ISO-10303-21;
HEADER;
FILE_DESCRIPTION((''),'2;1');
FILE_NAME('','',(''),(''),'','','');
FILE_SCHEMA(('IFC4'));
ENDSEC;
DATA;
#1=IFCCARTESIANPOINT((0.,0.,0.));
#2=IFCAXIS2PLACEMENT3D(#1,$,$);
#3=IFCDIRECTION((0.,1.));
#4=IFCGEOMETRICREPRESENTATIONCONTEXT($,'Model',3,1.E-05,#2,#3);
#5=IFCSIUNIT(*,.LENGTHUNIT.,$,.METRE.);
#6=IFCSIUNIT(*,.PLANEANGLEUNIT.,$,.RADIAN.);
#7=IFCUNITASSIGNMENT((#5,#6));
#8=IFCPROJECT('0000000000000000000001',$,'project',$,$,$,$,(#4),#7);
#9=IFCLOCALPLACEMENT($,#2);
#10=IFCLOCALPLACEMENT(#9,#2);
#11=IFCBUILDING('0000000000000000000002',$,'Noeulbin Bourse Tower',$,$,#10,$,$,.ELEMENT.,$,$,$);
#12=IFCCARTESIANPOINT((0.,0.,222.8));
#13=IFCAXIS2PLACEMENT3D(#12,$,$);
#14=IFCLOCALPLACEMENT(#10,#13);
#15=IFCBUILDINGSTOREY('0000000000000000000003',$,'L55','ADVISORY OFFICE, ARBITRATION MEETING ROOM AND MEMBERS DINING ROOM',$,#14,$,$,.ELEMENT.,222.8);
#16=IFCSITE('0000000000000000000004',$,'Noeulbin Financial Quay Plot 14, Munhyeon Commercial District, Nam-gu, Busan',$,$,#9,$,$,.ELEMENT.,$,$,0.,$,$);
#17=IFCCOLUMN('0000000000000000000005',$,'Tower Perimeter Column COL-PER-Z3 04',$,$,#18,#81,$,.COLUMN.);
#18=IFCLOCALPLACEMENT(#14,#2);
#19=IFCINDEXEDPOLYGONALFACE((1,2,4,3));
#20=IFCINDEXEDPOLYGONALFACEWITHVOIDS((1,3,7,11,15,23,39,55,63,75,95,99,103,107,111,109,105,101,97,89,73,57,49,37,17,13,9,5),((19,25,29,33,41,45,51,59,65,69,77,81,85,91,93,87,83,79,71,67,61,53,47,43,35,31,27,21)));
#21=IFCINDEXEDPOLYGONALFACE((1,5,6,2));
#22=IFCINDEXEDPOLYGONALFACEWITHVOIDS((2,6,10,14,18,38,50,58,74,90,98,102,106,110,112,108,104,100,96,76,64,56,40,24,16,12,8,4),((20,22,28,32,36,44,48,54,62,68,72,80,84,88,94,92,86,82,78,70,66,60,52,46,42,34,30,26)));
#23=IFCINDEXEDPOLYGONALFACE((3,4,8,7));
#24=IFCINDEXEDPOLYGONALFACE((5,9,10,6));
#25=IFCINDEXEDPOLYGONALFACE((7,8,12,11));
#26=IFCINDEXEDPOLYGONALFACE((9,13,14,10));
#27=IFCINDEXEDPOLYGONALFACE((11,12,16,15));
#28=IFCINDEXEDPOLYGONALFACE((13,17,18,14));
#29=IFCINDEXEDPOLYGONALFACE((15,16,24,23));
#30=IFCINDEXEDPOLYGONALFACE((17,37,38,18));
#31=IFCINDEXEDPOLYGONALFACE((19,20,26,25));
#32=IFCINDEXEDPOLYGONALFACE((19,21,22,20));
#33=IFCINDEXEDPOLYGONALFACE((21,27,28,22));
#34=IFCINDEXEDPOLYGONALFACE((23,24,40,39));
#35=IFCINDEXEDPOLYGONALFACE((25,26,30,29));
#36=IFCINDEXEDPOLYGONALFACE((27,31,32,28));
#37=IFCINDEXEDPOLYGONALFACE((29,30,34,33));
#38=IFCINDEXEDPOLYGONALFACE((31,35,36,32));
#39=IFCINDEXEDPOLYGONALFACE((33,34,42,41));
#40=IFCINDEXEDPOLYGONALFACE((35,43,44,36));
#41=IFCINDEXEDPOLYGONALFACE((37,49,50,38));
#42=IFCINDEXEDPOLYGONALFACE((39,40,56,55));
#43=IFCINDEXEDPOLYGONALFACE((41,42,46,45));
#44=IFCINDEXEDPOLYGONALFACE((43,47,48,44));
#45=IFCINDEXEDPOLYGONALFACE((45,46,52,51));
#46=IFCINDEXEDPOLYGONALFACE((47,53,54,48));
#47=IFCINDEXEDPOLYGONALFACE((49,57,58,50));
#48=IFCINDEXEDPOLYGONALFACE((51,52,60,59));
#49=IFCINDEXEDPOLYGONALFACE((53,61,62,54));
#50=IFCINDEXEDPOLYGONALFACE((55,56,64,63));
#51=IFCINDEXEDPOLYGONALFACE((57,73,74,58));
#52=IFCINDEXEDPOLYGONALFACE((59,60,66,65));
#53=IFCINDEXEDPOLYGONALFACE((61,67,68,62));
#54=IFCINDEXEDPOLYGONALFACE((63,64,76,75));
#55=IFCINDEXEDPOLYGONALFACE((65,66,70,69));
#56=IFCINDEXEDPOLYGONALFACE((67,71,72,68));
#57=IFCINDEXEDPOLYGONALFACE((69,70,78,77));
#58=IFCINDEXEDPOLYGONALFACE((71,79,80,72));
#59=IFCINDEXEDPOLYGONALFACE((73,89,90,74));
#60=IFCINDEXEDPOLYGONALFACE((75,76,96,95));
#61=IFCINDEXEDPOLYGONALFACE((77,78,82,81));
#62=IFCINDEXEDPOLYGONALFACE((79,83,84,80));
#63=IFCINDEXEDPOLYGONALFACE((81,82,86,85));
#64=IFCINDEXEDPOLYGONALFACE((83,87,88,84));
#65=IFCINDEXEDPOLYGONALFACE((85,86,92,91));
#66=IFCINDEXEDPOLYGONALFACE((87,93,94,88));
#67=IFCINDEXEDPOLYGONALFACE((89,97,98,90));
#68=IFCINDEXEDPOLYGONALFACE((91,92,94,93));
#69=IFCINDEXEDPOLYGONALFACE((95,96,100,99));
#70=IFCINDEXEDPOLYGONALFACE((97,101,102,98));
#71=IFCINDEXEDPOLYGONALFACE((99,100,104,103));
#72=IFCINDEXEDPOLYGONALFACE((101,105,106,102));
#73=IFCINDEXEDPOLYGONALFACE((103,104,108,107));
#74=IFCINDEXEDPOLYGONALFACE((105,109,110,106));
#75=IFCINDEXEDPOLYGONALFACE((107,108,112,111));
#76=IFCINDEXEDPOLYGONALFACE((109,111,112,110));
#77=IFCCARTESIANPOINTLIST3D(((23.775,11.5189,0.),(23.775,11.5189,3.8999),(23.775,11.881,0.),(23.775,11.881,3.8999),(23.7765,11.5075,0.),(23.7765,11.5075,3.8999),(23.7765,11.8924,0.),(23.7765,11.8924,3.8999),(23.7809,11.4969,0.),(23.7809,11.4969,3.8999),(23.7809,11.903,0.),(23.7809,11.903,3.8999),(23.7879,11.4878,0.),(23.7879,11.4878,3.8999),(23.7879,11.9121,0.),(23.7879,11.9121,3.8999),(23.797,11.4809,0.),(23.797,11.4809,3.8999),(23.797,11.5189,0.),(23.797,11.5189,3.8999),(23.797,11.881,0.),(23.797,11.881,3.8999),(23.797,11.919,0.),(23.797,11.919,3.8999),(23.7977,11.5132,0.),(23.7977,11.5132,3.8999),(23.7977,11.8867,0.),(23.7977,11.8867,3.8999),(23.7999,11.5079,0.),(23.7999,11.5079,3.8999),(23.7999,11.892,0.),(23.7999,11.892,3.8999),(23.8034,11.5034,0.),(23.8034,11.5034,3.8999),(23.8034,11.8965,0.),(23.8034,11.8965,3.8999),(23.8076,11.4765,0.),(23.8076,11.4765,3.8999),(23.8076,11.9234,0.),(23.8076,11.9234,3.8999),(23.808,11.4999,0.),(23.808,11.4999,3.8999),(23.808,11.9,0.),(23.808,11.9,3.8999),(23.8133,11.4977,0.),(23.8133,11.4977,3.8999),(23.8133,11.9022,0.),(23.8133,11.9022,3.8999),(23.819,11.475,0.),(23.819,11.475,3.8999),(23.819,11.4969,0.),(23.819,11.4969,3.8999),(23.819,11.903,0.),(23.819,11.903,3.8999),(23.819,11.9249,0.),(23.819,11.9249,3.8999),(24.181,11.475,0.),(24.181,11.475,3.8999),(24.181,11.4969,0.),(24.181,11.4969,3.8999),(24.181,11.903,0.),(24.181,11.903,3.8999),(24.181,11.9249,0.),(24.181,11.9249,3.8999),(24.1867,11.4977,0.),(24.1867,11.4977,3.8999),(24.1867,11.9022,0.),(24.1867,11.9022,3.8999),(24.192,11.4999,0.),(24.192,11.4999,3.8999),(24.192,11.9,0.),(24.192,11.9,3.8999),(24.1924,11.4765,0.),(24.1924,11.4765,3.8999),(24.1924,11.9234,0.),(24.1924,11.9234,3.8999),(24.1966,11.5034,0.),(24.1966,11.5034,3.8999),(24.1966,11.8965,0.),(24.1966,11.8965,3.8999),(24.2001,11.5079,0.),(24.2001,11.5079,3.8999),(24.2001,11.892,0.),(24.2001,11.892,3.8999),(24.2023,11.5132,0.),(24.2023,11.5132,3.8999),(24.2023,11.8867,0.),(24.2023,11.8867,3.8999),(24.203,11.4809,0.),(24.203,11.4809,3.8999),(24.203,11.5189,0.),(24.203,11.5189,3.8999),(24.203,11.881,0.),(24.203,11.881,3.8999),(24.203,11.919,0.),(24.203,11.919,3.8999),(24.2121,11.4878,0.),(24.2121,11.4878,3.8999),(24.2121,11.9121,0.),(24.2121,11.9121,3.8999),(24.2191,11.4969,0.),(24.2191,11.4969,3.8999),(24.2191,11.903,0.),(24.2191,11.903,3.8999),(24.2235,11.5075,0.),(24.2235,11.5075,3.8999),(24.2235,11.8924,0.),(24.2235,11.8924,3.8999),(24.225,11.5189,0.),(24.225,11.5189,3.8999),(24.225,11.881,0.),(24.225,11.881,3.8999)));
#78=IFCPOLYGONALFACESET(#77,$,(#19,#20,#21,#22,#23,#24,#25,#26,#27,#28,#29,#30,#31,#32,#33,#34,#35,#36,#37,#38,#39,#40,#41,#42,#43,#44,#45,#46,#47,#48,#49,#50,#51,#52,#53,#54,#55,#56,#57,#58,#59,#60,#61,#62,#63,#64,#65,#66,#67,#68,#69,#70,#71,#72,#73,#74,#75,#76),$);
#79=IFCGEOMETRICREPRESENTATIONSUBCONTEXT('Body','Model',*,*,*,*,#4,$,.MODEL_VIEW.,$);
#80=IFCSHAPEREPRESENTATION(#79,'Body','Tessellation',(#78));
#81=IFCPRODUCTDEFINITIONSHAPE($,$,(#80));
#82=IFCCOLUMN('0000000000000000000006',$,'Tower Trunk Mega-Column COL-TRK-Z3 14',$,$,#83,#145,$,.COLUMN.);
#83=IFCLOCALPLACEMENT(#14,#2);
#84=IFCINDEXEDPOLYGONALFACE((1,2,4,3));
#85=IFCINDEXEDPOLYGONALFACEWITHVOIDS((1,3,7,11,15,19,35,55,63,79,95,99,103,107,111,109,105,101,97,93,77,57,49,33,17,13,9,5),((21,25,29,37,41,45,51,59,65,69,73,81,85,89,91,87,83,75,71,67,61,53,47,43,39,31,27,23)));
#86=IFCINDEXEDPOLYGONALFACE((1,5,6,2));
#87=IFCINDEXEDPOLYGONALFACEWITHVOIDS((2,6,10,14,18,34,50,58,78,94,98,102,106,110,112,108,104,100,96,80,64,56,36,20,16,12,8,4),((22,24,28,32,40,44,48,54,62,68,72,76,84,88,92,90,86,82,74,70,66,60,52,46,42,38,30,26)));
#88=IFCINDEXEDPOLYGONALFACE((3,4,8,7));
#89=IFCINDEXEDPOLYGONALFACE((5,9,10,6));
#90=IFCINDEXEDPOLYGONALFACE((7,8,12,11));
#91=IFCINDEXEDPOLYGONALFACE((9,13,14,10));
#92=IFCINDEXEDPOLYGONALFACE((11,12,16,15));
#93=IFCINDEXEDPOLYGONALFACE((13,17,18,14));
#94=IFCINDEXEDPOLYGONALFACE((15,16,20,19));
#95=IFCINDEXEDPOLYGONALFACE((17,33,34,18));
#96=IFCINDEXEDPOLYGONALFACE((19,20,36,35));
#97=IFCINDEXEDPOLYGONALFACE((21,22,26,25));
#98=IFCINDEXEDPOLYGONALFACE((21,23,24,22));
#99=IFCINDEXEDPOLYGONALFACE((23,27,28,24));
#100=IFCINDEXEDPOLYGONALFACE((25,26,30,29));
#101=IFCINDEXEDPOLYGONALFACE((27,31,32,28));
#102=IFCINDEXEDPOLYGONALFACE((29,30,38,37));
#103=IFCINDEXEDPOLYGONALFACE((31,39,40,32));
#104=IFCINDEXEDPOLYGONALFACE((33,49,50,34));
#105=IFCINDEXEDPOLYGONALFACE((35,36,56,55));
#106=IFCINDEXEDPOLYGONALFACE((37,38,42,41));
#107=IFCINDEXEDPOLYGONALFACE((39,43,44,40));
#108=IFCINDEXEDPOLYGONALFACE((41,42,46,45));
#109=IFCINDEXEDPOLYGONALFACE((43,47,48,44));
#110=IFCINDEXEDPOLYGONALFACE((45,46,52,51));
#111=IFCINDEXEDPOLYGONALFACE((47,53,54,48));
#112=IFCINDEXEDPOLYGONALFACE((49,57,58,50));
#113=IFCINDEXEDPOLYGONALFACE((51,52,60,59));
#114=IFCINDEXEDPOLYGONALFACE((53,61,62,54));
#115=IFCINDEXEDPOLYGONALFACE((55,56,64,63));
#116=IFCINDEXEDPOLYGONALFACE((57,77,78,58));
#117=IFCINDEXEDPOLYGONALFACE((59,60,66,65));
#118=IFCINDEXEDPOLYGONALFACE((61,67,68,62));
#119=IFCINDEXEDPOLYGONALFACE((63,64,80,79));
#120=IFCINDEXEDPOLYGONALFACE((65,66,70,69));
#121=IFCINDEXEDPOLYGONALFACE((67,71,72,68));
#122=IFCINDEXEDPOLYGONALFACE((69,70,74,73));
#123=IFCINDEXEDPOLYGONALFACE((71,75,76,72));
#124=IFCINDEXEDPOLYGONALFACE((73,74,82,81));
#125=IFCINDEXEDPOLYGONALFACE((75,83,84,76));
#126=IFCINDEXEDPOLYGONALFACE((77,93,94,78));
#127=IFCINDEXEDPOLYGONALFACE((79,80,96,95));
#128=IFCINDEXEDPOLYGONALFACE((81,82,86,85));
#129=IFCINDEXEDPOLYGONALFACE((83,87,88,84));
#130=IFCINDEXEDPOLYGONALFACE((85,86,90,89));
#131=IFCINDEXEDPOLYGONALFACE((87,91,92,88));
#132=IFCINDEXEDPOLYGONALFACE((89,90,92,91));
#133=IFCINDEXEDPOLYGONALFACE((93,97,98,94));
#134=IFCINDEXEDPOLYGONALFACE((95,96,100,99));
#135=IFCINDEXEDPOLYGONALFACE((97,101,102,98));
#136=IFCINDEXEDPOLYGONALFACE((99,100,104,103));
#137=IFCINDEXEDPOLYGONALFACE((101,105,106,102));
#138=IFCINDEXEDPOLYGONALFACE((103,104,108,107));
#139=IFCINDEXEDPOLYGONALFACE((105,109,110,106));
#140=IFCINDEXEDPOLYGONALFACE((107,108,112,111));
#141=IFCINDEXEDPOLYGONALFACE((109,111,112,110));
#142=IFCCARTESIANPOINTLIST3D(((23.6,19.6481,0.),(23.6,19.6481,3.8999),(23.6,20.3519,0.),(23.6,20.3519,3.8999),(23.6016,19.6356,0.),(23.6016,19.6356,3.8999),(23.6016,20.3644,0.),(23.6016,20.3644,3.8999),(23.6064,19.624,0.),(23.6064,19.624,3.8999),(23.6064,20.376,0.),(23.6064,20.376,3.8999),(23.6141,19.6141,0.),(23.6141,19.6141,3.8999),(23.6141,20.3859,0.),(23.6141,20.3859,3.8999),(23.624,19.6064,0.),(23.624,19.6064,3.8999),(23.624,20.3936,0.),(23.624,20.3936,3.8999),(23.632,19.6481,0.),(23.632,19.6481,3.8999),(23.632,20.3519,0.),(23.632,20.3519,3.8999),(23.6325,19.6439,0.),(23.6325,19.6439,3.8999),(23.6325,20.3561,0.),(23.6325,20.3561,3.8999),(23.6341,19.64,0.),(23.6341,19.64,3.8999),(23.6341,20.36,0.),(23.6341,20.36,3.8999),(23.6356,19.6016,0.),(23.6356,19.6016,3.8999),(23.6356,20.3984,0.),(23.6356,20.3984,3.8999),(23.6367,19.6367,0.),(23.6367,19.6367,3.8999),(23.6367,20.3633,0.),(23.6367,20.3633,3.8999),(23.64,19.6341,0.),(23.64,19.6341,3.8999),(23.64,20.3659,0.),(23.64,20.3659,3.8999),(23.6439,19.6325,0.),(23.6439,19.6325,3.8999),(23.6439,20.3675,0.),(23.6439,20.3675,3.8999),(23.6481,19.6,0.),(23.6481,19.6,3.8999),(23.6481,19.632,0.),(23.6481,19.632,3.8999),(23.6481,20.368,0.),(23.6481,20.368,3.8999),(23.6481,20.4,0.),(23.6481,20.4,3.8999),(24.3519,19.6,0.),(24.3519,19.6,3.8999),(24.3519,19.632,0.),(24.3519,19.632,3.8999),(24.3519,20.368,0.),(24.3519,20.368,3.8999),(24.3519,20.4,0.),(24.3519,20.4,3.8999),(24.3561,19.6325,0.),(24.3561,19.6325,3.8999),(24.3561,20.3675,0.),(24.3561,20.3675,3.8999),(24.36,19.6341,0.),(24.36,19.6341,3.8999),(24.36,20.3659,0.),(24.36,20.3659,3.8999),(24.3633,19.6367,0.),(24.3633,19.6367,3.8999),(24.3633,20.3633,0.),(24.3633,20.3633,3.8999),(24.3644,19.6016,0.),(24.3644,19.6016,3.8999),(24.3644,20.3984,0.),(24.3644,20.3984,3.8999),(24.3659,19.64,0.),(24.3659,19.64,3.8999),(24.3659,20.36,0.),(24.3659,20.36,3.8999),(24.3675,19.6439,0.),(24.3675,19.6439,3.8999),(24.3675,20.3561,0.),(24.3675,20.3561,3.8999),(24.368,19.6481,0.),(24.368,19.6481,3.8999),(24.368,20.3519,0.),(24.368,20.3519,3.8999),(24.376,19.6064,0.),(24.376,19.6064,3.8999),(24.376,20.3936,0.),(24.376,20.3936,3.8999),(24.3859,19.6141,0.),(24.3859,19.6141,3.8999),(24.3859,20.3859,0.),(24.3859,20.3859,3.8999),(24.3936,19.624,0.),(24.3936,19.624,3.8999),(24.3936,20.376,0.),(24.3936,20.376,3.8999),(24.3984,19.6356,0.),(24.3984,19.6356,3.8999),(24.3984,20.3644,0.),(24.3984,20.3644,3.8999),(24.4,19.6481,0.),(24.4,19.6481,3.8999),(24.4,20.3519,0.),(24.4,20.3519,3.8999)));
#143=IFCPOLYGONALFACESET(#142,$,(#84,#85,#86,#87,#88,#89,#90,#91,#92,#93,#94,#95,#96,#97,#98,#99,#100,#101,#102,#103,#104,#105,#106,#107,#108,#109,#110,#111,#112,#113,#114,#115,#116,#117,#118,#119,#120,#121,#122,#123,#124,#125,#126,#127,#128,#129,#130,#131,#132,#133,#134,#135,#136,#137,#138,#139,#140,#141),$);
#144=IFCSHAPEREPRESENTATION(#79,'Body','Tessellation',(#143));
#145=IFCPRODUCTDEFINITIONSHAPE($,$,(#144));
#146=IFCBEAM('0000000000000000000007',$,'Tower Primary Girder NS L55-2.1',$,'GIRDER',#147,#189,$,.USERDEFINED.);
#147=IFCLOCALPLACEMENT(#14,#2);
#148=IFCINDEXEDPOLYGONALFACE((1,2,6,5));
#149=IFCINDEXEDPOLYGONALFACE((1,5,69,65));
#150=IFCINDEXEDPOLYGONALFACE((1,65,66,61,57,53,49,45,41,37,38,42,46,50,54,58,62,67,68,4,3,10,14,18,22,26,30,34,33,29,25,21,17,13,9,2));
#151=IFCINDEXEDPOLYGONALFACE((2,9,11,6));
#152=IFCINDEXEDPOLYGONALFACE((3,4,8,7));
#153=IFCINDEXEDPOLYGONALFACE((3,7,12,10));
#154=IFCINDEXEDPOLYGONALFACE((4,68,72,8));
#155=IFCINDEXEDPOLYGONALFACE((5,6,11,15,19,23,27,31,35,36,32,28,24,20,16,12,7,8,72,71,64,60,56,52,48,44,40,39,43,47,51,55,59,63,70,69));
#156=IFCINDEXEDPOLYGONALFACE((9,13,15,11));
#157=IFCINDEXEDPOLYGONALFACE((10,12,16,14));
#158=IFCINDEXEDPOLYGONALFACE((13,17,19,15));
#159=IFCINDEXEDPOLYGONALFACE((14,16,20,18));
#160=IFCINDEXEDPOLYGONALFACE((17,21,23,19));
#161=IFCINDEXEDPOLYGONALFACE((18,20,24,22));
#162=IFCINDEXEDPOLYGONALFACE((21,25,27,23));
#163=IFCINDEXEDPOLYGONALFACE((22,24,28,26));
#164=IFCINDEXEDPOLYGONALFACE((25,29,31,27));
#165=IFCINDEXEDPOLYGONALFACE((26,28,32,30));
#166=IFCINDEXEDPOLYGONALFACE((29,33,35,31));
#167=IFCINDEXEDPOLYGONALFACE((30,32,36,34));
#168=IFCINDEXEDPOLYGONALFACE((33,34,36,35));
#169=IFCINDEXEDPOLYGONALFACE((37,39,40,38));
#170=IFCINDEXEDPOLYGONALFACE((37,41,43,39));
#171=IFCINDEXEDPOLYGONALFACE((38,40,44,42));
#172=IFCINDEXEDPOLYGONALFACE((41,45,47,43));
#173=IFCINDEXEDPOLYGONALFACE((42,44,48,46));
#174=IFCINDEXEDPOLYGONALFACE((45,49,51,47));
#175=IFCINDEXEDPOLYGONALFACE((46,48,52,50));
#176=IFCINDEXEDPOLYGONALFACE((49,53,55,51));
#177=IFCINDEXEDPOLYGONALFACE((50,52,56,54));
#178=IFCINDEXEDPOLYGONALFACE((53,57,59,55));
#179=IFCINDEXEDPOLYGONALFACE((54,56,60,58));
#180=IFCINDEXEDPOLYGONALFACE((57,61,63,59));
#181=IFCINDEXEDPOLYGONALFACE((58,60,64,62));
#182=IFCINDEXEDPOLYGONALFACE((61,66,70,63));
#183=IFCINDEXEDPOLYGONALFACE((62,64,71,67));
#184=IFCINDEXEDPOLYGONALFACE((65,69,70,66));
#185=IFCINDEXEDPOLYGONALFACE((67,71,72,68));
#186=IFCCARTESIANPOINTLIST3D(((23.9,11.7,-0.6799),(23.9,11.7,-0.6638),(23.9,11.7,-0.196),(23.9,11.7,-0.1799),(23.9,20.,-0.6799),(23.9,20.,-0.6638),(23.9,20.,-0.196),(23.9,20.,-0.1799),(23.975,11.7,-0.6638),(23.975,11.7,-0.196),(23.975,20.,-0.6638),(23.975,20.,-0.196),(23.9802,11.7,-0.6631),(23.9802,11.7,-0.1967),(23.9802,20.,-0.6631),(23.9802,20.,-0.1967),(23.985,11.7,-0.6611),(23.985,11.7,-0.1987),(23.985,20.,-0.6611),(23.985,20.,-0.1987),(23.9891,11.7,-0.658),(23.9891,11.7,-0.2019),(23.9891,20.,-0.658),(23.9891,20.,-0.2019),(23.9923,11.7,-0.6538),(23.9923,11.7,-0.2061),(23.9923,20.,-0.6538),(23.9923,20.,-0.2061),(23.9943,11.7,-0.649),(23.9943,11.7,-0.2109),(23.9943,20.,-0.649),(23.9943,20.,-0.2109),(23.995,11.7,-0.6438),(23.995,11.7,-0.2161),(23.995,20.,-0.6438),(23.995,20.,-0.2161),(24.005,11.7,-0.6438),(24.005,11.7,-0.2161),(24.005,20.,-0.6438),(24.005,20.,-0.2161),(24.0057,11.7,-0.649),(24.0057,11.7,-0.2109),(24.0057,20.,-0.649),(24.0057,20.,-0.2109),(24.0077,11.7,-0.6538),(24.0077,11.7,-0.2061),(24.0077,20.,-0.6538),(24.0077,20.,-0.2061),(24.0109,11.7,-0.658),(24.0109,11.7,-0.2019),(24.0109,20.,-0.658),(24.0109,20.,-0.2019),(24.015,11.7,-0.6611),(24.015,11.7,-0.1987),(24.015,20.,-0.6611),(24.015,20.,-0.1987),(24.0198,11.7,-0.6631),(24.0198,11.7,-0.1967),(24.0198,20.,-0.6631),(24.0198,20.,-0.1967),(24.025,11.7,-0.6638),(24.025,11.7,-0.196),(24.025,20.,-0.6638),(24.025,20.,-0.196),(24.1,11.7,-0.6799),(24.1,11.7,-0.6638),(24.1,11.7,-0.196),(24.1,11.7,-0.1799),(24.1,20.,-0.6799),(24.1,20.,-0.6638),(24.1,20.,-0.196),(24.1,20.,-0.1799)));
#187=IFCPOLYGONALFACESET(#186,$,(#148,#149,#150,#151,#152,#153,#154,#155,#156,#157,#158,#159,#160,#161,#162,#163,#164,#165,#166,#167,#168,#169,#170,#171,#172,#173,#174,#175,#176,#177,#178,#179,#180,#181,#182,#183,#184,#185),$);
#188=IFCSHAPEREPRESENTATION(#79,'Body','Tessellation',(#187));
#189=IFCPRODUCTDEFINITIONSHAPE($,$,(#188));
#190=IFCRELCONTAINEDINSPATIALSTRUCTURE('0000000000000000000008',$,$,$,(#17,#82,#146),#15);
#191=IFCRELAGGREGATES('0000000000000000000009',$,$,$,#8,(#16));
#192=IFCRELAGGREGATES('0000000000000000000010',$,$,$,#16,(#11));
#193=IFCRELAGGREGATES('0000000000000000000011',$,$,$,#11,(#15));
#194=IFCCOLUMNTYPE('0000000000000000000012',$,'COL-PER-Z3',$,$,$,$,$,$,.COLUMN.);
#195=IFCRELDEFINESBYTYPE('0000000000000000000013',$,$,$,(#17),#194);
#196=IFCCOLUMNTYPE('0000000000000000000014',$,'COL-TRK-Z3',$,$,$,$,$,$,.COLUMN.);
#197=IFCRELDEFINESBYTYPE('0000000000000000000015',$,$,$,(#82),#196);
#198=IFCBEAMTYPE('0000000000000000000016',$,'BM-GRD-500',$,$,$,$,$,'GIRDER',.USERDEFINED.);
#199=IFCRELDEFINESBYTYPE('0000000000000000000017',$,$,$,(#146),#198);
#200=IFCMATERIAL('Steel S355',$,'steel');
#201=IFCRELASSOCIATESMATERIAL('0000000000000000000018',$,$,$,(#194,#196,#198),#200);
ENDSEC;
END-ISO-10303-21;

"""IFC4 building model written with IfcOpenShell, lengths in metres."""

from ifc_helpers import new_model, si_unit, direction, frame, origin, origin_2d, place, context, subcontext, project, spatial, hollow_rectangle, i_section, extrude, material, material_profile, profile_set, type_object, element, save


model = new_model("IFC4")

# Units and contexts
model_context = context("Model", 3, precision=1e-05, world=origin(), true_north=direction((0.0, 1.0)))
body_context = subcontext(model_context, "Body", "Model", "MODEL_VIEW")
ifc_project = project(units=[si_unit("LENGTHUNIT", "METRE"), si_unit("PLANEANGLEUNIT", "RADIAN")], contexts=[model_context])

# Site, building, storey
site_placement = place(None, origin())
site = spatial("IfcSite", under=ifc_project, at=site_placement, Name="Noeulbin Financial Quay Plot 14, Munhyeon Commercial District, Nam-gu, Busan", CompositionType="ELEMENT", RefElevation=0.0)
building_placement = place(site_placement, origin())
building = spatial("IfcBuilding", under=site, at=building_placement, Name="Noeulbin Bourse Tower", CompositionType="ELEMENT")
storey_placement = place(building_placement, frame((0.0, 0.0, 222.8)))
storey = spatial("IfcBuildingStorey", under=building, at=storey_placement, Name="L55", Description="ADVISORY OFFICE, ARBITRATION MEETING ROOM AND MEMBERS DINING ROOM", CompositionType="ELEMENT", Elevation=222.8)

# Columns
ifc_material_1 = material(Name="Steel S355", Category="steel")
ifc_material_profile_1 = material_profile(ifc_material_1, hollow_rectangle(XDim=0.45, YDim=0.45, WallThickness=0.022, InnerFilletRadius=0.022, OuterFilletRadius=0.0439, at=origin_2d()), Name="SHS-450x450x22", Category="LoadBearing")
ifc_profile_set_1 = profile_set([ifc_material_profile_1], Name="Steel S355")
column_type_1 = type_object("IfcColumnType", Name="COL-PER-Z3", PredefinedType="COLUMN", material=ifc_profile_set_1)
column_1_placement = place(storey_placement, frame((24.0, 11.7, 0.0), z_axis=(0.0, 0.0, 1.0), x_axis=(1.0, 0.0, 0.0)))
element("IfcColumn", 1, at=column_1_placement, inside=storey, type_object=column_type_1, Name="Tower Perimeter Column COL-PER-Z3 04", PredefinedType="COLUMN", context=body_context, shape_type="SweptSolid", body=[
    extrude(hollow_rectangle(XDim=0.45, YDim=0.45, WallThickness=0.022, InnerFilletRadius=0.022, OuterFilletRadius=0.0439, at=origin_2d()), origin(), (0.0, 0.0, 1.0), 3.8999),
])
ifc_material_profile_2 = material_profile(ifc_material_1, hollow_rectangle(XDim=0.8, YDim=0.8, WallThickness=0.032, InnerFilletRadius=0.0161, OuterFilletRadius=0.0481, at=origin_2d()), Name="BOX-800x800x32", Category="LoadBearing")
ifc_profile_set_2 = profile_set([ifc_material_profile_2], Name="Steel S355")
column_type_2 = type_object("IfcColumnType", Name="COL-TRK-Z3", PredefinedType="COLUMN", material=ifc_profile_set_2)
column_2_placement = place(storey_placement, frame((24.0, 20.0, 0.0), z_axis=(0.0, 0.0, 1.0), x_axis=(1.0, 0.0, 0.0)))
element("IfcColumn", 2, at=column_2_placement, inside=storey, type_object=column_type_2, Name="Tower Trunk Mega-Column COL-TRK-Z3 14", PredefinedType="COLUMN", context=body_context, shape_type="SweptSolid", body=[
    extrude(hollow_rectangle(XDim=0.8, YDim=0.8, WallThickness=0.032, InnerFilletRadius=0.0161, OuterFilletRadius=0.0481, at=origin_2d()), origin(), (0.0, 0.0, 1.0), 3.8999),
])

# Beam
ifc_material_profile_3 = material_profile(ifc_material_1, i_section(OverallWidth=0.2, OverallDepth=0.5, WebThickness=0.01, FlangeThickness=0.0161, FilletRadius=0.02, at=origin_2d()), Name="H-500x200x10x16", Category="LoadBearing")
ifc_profile_set_3 = profile_set([ifc_material_profile_3], Name="Steel S355")
beam_type_1 = type_object("IfcBeamType", Name="BM-GRD-500", ElementType="GIRDER", PredefinedType="USERDEFINED", material=ifc_profile_set_3)
beam_1_placement = place(storey_placement, frame((24.0, 11.7, -0.4299), z_axis=(0.0, 1.0, 0.0), x_axis=(-1.0, 0.0, 0.0)))
element("IfcBeam", 3, at=beam_1_placement, inside=storey, type_object=beam_type_1, Name="Tower Primary Girder NS L55-2.1", ObjectType="GIRDER", PredefinedType="USERDEFINED", context=body_context, shape_type="SweptSolid", body=[
    extrude(i_section(OverallWidth=0.2, OverallDepth=0.5, WebThickness=0.01, FlangeThickness=0.0161, FilletRadius=0.02, at=origin_2d()), origin(), (0.0, 0.0, 1.0), 8.3),
])

save(model, "model.ifc")
